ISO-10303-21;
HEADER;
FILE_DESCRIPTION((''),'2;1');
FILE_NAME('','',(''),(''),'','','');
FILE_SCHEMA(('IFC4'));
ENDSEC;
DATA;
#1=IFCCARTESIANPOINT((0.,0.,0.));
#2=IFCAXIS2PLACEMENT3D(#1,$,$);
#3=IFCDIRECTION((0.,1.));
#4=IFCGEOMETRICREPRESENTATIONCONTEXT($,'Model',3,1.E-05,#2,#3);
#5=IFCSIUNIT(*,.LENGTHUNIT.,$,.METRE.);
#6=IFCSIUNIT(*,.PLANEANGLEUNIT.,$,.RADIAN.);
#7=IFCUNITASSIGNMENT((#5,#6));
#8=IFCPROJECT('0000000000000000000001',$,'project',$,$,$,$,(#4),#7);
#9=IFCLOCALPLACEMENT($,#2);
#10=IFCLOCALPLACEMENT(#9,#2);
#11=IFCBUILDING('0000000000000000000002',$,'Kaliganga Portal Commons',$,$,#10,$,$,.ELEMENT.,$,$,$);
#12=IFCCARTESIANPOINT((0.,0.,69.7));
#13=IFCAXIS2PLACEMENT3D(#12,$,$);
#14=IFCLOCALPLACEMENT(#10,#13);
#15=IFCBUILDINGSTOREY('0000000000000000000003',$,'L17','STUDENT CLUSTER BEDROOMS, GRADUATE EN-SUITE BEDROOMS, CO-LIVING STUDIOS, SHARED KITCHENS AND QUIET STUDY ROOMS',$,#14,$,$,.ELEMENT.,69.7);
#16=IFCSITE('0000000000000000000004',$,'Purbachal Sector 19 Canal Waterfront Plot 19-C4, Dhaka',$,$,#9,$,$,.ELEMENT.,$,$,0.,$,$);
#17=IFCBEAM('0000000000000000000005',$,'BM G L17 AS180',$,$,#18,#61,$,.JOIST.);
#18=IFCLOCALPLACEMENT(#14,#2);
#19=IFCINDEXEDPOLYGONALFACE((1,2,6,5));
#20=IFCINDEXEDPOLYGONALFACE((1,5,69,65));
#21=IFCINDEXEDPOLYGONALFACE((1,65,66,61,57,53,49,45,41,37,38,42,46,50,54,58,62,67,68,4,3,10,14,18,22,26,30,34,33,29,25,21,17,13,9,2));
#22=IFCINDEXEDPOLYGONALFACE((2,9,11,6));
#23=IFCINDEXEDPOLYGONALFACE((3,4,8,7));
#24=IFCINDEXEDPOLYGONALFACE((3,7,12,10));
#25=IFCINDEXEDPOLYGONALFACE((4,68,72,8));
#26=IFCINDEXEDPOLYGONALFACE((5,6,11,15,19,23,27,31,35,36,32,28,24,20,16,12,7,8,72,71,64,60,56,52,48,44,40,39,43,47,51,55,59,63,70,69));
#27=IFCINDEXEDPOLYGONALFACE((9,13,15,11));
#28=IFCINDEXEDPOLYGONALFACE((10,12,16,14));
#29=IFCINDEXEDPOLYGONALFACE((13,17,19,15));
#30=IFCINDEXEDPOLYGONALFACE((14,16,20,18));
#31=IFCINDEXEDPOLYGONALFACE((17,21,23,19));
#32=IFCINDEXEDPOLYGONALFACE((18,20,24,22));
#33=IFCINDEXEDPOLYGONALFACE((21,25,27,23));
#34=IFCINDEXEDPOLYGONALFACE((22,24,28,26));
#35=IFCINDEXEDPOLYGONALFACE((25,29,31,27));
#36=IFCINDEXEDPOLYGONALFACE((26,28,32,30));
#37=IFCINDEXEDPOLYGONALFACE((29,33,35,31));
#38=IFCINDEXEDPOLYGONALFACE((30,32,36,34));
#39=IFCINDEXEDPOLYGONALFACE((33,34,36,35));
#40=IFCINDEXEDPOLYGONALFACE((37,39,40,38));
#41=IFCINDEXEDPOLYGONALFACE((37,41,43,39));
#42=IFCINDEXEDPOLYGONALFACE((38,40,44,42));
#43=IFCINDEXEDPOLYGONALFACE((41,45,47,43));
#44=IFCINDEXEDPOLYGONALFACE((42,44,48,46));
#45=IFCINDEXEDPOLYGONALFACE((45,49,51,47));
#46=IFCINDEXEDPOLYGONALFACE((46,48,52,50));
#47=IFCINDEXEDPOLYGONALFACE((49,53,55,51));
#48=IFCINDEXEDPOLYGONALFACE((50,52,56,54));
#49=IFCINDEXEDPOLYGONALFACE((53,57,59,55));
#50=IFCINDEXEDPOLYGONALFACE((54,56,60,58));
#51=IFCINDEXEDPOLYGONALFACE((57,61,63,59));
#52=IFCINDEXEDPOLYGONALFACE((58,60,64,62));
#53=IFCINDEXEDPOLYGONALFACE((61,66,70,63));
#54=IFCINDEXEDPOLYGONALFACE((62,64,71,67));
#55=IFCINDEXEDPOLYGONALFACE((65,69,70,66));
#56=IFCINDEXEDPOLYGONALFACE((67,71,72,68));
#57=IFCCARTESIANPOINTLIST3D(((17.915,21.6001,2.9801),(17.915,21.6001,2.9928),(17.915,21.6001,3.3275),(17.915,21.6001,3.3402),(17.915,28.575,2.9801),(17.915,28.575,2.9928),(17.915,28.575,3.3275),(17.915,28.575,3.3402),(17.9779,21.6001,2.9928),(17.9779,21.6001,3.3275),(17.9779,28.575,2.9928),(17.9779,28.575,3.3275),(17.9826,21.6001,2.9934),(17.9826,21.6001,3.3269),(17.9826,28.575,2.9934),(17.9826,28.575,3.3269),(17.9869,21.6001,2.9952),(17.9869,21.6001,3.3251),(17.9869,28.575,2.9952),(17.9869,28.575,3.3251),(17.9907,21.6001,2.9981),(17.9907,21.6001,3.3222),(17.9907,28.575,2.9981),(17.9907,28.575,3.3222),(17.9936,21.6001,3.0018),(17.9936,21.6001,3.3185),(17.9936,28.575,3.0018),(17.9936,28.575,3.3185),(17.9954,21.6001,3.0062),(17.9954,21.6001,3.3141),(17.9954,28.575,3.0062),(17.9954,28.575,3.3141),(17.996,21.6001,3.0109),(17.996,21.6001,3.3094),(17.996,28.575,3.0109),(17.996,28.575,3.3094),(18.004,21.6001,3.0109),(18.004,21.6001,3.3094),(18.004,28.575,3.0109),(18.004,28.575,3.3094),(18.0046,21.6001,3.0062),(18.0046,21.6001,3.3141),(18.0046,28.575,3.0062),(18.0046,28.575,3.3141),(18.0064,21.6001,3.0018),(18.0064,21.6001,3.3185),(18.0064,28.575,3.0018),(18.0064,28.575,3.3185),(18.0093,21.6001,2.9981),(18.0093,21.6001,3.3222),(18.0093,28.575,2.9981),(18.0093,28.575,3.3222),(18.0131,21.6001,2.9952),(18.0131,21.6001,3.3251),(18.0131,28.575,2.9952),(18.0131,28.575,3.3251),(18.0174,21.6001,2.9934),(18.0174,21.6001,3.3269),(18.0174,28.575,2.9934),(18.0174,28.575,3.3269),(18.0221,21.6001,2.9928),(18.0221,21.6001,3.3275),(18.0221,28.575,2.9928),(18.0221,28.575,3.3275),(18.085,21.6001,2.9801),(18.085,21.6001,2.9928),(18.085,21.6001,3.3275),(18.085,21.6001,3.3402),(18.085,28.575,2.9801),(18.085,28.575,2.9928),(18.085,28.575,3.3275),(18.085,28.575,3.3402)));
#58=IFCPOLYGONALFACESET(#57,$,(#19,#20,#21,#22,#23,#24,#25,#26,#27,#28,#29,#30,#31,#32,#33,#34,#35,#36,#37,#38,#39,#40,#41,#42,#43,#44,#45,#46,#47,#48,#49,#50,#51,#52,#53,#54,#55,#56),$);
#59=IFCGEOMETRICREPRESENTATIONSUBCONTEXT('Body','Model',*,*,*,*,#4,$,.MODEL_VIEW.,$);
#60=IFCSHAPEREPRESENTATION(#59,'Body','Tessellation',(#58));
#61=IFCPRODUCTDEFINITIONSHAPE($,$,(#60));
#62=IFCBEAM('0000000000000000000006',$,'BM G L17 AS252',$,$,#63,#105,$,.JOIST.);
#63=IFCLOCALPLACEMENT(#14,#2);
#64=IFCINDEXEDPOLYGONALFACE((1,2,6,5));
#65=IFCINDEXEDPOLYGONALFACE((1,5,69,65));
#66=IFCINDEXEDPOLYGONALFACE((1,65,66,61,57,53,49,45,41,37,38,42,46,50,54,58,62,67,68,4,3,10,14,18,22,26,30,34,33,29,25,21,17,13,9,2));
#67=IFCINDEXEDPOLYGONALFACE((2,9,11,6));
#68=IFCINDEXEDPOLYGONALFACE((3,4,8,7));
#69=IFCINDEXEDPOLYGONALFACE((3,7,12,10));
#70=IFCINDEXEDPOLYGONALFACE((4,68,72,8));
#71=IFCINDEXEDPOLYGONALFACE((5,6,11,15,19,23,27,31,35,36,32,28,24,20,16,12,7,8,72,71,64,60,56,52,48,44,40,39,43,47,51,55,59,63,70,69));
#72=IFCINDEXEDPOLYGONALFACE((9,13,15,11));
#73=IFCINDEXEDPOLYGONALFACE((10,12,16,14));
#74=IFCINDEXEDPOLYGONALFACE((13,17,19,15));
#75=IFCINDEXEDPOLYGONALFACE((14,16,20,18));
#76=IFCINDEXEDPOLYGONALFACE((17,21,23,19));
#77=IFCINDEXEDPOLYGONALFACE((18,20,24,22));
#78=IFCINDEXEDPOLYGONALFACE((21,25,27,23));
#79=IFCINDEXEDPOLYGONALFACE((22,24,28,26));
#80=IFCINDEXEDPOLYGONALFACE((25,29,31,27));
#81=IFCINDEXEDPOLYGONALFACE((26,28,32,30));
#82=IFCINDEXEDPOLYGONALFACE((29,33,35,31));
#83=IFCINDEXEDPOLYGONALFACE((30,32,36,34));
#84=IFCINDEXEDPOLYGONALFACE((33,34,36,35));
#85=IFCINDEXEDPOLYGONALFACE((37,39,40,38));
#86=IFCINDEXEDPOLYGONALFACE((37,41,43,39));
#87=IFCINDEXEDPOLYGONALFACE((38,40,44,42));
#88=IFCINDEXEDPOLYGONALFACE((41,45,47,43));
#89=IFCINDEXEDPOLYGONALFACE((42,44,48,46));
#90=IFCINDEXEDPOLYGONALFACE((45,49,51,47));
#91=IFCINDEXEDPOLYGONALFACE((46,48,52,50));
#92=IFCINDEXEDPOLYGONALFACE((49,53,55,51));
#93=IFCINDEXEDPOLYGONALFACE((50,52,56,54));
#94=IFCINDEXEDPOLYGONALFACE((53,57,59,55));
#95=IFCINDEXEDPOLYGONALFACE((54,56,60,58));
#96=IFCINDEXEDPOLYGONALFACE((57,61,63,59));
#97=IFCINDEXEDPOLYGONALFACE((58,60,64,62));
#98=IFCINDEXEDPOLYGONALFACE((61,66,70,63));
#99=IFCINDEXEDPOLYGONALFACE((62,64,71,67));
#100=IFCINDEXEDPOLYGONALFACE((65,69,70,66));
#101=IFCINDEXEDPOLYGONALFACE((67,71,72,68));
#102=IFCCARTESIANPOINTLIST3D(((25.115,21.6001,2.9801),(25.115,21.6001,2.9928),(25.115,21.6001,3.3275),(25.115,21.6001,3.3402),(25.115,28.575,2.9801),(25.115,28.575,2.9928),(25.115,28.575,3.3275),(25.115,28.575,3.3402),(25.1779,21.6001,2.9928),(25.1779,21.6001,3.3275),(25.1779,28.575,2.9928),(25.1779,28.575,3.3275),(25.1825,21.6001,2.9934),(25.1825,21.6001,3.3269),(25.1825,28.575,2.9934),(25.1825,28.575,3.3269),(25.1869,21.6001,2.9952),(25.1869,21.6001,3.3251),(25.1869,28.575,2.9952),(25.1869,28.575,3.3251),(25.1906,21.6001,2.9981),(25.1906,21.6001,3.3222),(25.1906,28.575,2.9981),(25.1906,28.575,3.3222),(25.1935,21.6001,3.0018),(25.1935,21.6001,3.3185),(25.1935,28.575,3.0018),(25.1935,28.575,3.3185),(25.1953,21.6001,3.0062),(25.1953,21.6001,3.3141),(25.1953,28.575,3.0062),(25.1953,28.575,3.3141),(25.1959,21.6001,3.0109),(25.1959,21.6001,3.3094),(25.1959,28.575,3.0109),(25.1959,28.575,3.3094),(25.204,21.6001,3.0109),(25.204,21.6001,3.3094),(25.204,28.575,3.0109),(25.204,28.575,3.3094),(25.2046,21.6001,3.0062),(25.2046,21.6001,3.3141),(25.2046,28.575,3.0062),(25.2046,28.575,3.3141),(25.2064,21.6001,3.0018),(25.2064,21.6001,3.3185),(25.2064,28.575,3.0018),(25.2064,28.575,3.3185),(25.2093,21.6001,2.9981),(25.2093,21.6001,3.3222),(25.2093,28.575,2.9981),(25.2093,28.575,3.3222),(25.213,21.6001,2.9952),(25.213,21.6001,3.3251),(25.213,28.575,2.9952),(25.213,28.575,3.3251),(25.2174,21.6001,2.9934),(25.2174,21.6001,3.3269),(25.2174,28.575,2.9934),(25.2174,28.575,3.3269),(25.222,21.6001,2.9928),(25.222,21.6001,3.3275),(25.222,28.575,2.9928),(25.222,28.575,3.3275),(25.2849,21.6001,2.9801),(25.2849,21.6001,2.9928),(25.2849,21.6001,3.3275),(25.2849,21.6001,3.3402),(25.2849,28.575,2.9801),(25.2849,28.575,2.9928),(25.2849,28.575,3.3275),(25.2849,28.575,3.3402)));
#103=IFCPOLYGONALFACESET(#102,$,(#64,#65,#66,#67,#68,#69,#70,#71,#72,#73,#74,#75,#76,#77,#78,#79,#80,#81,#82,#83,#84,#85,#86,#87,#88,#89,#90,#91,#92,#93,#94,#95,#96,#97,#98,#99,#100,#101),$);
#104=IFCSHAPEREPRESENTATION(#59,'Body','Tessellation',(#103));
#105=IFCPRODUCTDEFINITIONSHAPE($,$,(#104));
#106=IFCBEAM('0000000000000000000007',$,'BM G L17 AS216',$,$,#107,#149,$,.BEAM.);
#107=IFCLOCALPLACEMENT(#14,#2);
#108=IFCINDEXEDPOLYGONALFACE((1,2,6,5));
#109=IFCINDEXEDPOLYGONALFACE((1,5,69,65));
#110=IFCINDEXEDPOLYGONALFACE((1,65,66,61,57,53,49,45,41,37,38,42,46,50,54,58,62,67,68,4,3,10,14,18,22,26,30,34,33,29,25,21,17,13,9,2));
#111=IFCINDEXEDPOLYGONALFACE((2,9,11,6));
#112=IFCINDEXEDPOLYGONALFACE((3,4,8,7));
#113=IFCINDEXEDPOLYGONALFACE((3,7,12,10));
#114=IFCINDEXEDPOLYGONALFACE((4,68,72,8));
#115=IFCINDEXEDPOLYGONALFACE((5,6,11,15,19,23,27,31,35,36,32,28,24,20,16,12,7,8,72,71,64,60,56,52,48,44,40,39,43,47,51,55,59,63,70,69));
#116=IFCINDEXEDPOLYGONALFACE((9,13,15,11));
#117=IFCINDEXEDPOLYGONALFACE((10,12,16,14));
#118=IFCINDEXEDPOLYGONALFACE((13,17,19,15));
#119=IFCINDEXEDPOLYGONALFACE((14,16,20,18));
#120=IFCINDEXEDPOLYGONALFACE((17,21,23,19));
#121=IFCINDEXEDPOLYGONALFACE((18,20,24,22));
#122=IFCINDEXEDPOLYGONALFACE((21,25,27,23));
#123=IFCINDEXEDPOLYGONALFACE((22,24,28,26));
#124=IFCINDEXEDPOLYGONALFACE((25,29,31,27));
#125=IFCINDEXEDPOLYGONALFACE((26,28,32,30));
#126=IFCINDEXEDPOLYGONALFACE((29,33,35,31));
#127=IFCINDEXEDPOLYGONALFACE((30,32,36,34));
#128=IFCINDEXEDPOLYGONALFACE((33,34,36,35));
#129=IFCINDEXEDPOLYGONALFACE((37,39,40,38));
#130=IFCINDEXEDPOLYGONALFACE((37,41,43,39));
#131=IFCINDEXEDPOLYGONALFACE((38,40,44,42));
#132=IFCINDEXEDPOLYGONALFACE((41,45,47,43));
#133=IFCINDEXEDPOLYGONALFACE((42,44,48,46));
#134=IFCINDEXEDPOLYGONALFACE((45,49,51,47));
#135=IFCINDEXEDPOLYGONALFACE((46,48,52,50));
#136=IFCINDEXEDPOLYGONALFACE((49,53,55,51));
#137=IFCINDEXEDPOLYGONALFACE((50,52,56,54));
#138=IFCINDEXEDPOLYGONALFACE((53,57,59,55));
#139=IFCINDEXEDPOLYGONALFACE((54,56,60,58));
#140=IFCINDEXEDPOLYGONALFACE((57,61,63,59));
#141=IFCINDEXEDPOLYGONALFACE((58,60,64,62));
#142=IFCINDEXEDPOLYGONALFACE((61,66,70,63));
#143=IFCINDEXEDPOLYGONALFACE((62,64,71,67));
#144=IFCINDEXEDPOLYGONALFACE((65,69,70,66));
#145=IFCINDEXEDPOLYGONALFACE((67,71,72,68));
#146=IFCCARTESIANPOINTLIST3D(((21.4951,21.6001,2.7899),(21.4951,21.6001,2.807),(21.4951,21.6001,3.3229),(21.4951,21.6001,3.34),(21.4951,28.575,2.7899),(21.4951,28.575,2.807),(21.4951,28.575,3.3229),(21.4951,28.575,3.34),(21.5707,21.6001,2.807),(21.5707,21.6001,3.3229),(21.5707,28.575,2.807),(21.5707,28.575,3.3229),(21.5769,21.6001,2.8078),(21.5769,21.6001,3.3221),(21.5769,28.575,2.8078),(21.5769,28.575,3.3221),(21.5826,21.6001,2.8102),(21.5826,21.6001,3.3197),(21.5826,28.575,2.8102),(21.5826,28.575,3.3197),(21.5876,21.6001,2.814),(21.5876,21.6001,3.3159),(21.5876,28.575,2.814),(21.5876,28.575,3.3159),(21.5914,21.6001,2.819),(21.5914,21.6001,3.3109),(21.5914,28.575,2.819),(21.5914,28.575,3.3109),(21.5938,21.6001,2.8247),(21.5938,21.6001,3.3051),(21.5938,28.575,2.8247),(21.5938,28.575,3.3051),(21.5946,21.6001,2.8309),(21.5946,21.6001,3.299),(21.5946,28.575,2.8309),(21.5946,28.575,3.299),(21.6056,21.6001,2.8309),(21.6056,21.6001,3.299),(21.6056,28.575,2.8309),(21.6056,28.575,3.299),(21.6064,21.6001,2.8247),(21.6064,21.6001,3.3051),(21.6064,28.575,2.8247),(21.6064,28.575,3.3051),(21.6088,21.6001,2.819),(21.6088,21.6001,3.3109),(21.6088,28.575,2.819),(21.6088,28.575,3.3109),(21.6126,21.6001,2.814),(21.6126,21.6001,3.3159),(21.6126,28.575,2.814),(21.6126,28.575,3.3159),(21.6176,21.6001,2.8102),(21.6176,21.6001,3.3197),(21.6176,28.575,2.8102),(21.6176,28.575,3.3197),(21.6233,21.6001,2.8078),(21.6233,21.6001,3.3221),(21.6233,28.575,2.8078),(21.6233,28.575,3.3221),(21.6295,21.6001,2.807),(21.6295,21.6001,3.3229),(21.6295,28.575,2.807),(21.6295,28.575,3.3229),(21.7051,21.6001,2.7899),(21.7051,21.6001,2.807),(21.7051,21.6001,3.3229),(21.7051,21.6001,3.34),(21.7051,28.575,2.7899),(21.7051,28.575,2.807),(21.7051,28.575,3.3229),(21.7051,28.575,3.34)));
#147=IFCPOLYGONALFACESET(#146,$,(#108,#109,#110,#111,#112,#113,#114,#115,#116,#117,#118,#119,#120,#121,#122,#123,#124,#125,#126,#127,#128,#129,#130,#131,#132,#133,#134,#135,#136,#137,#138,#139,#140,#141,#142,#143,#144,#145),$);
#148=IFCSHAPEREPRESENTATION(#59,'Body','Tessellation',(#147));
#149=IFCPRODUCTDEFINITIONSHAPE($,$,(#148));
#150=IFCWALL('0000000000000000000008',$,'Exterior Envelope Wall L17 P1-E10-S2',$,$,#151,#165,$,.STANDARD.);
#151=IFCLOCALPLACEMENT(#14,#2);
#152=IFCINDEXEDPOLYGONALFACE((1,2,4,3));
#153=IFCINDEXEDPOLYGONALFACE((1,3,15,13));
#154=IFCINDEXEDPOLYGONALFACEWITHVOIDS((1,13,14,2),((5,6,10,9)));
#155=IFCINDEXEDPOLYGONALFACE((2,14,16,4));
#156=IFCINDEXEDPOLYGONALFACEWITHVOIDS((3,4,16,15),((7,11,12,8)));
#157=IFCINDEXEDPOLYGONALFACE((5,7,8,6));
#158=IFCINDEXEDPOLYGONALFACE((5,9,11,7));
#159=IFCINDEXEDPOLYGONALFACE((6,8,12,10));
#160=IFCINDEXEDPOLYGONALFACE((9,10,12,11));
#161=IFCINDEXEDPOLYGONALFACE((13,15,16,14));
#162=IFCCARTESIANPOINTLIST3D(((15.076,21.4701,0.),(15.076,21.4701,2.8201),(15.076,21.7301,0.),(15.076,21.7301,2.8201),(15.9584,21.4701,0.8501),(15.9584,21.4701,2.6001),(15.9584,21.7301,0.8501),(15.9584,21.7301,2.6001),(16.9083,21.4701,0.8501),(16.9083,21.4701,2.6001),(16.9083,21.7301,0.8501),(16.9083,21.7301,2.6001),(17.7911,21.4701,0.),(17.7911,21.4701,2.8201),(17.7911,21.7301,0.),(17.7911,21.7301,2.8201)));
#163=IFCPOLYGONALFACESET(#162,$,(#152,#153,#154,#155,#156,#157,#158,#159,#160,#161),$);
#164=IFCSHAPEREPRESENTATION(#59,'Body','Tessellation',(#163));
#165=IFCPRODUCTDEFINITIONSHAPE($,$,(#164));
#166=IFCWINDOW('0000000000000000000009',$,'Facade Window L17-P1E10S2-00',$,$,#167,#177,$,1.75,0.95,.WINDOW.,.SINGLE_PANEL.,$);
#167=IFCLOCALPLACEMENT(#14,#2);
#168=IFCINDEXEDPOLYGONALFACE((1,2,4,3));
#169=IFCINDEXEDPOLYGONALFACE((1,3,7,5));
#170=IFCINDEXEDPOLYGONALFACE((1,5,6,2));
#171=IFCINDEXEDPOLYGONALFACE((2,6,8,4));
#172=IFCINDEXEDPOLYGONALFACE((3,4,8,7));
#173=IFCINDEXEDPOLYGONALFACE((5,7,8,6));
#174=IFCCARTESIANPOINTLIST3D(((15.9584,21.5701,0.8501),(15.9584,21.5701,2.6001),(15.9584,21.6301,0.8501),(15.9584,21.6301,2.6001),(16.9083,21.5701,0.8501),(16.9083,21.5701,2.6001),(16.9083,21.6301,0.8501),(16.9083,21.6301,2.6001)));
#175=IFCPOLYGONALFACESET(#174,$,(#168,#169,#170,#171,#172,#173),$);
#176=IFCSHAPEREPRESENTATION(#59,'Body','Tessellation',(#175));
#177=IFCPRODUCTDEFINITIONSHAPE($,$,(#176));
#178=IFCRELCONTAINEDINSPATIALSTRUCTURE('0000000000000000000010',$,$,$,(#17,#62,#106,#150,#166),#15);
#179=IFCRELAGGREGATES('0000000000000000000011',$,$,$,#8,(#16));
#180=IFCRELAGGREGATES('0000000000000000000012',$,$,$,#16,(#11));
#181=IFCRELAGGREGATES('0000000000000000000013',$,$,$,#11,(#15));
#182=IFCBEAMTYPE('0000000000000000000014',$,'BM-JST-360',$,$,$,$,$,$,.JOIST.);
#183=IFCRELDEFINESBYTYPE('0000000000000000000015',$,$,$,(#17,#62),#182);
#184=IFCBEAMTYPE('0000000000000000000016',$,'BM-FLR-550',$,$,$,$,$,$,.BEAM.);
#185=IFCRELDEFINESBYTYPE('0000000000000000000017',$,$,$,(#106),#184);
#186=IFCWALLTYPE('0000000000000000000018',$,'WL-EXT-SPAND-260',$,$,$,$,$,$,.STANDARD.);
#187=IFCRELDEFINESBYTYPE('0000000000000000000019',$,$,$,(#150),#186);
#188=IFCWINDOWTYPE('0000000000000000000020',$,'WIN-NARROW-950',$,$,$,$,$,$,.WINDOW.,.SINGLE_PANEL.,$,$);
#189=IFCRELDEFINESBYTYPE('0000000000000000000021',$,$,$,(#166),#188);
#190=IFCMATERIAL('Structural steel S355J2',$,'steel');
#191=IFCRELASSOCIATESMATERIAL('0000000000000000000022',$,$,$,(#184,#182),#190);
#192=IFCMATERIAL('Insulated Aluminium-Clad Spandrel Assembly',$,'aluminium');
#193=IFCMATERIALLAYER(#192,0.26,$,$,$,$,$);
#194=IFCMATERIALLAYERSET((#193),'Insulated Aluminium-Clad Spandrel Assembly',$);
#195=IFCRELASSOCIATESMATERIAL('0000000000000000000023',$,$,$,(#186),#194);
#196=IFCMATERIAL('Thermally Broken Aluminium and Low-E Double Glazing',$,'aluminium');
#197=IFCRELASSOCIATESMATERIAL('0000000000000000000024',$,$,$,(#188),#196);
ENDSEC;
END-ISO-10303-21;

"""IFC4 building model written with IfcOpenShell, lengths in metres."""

from ifc_helpers import new_model, si_unit, direction, frame, frame_2d, origin, origin_2d, place, context, subcontext, project, spatial, rectangle, i_section, extrude, source, transform, mapped, material, layer, layer_set, material_profile, profile_set, type_object, element, fill, save


model = new_model("IFC4")

# Units and contexts
model_context = context("Model", 3, precision=1e-05, world=origin(), true_north=direction((0.0, 1.0)))
body_context = subcontext(model_context, "Body", "Model", "MODEL_VIEW")
ifc_project = project(units=[si_unit("LENGTHUNIT", "METRE"), si_unit("PLANEANGLEUNIT", "RADIAN")], contexts=[model_context])

# Site, building, storey
site_placement = place(None, origin())
site = spatial("IfcSite", under=ifc_project, at=site_placement, Name="Purbachal Sector 19 Canal Waterfront Plot 19-C4, Dhaka", CompositionType="ELEMENT", RefElevation=0.0)
building_placement = place(site_placement, origin())
building = spatial("IfcBuilding", under=site, at=building_placement, Name="Kaliganga Portal Commons", CompositionType="ELEMENT")
storey_placement = place(building_placement, frame((0.0, 0.0, 69.7)))
storey = spatial("IfcBuildingStorey", under=building, at=storey_placement, Name="L17", Description="STUDENT CLUSTER BEDROOMS, GRADUATE EN-SUITE BEDROOMS, CO-LIVING STUDIOS, SHARED KITCHENS AND QUIET STUDY ROOMS", CompositionType="ELEMENT", Elevation=69.7)

# Beams
ifc_material_1 = material(Name="Structural steel S355J2", Category="steel")
ifc_material_profile_1 = material_profile(ifc_material_1, i_section(OverallWidth=0.21, OverallDepth=0.55, WebThickness=0.011, FlangeThickness=0.0171, FilletRadius=0.0239, at=origin_2d()), Name="IPE 550")
ifc_profile_set_1 = profile_set([ifc_material_profile_1], Name="Structural steel S355J2 wide-flange")
beam_type_1 = type_object("IfcBeamType", Name="BM-FLR-550", PredefinedType="BEAM", material=ifc_profile_set_1)
ifc_material_profile_2 = material_profile(ifc_material_1, i_section(OverallWidth=0.1699, OverallDepth=0.3601, WebThickness=0.0081, FlangeThickness=0.0127, FilletRadius=0.0181, at=origin_2d()), Name="IPE 360")
ifc_profile_set_2 = profile_set([ifc_material_profile_2], Name="Structural steel S355J2 wide-flange")
beam_type_2 = type_object("IfcBeamType", Name="BM-JST-360", PredefinedType="JOIST", material=ifc_profile_set_2)
shared_shape_1 = source(origin(), body_context, "Body", "SweptSolid", [
    extrude(i_section(OverallWidth=0.1699, OverallDepth=0.3601, WebThickness=0.0081, FlangeThickness=0.0127, FilletRadius=0.0181, at=origin_2d()), origin(), (0.0, 0.0, 1.0), 6.9749),
])
for number, where, z_axis, x_axis, name in (
    (1, (18.0, 21.6001, 3.1602), (0.0, 1.0, 0.0), (-1.0, 0.0, 0.0), "BM G L17 AS180"),
    (2, (25.2, 21.6001, 3.1602), (0.0, 1.0, 0.0), (-1.0, 0.0, 0.0), "BM G L17 AS252"),
):
    element("IfcBeam", number, at=place(storey_placement, frame(where, z_axis=z_axis, x_axis=x_axis)), inside=storey, type_object=beam_type_2, Name=name, PredefinedType="JOIST", context=body_context, shape_type="MappedRepresentation", body=[
        mapped(shared_shape_1, transform((0.0, 0.0, 0.0), x_axis=(1.0, 0.0, 0.0), y_axis=(0.0, 1.0, 0.0), z_axis=(0.0, 0.0, 1.0), scale=1.0)),
    ])
shared_shape_2 = source(origin(), body_context, "Body", "SweptSolid", [
    extrude(i_section(OverallWidth=0.21, OverallDepth=0.55, WebThickness=0.011, FlangeThickness=0.0171, FilletRadius=0.0239, at=origin_2d()), origin(), (0.0, 0.0, 1.0), 6.9749),
])
beam_1_placement = place(storey_placement, frame((21.6001, 21.6001, 3.0649), z_axis=(0.0, 1.0, 0.0), x_axis=(-1.0, 0.0, 0.0)))
element("IfcBeam", 3, at=beam_1_placement, inside=storey, type_object=beam_type_1, Name="BM G L17 AS216", PredefinedType="BEAM", context=body_context, shape_type="MappedRepresentation", body=[
    mapped(shared_shape_2, transform((0.0, 0.0, 0.0), x_axis=(1.0, 0.0, 0.0), y_axis=(0.0, 1.0, 0.0), z_axis=(0.0, 0.0, 1.0), scale=1.0)),
])

# Wall, opening, window
ifc_material_2 = material(Name="Insulated Aluminium-Clad Spandrel Assembly", Category="aluminium")
ifc_layer_1 = layer(ifc_material_2, 0.26)
ifc_layer_set_1 = layer_set([ifc_layer_1], Name="Insulated Aluminium-Clad Spandrel Assembly")
wall_type_1 = type_object("IfcWallType", Name="WL-EXT-SPAND-260", PredefinedType="STANDARD", material=ifc_layer_set_1)
wall_1_placement = place(storey_placement, frame((17.791, 21.6001, 0.0), z_axis=(0.0, 0.0, 1.0), x_axis=(-1.0, 0.0, 0.0)))
wall_1 = element("IfcWall", 4, at=wall_1_placement, inside=storey, type_object=wall_type_1, Name="Exterior Envelope Wall L17 P1-E10-S2", PredefinedType="STANDARD", context=body_context, shape_type="SweptSolid", body=[
    extrude(rectangle(XDim=2.7151, YDim=0.26, at=frame_2d((1.3574, 0.0))), origin(), (0.0, 0.0, 1.0), 2.8201),
])
opening_1_placement = place(wall_1_placement, frame((0.8826, 0.0, 0.8501)))
opening_1 = element("IfcOpeningElement", 5, at=opening_1_placement, cuts=wall_1, PredefinedType="OPENING", context=body_context, shape_type="SweptSolid", body=[
    extrude(rectangle(XDim=0.95, YDim=1.75, at=frame_2d((0.4751, 0.875))), frame((0.0, 0.1401, 0.0), z_axis=(0.0, -1.0, 0.0), x_axis=(1.0, 0.0, 0.0)), (0.0, 0.0, 1.0), 0.28),
])
ifc_material_3 = material(Name="Thermally Broken Aluminium and Low-E Double Glazing", Category="aluminium")
window_type_1 = type_object("IfcWindowType", Name="WIN-NARROW-950", PartitioningType="SINGLE_PANEL", PredefinedType="WINDOW", material=ifc_material_3)
window_1_placement = place(opening_1_placement, origin())
window_1 = element("IfcWindow", 6, at=window_1_placement, inside=storey, type_object=window_type_1, Name="Facade Window L17-P1E10S2-00", OverallHeight=1.75, OverallWidth=0.95, PartitioningType="SINGLE_PANEL", PredefinedType="WINDOW", context=body_context, shape_type="SweptSolid", body=[
    extrude(rectangle(XDim=0.95, YDim=1.75, at=frame_2d((0.4751, 0.875))), frame((0.0, 0.03, 0.0), z_axis=(0.0, -1.0, 0.0), x_axis=(1.0, 0.0, 0.0)), (0.0, 0.0, 1.0), 0.0601),
])
fill(opening_1, window_1)

save(model, "model.ifc")
